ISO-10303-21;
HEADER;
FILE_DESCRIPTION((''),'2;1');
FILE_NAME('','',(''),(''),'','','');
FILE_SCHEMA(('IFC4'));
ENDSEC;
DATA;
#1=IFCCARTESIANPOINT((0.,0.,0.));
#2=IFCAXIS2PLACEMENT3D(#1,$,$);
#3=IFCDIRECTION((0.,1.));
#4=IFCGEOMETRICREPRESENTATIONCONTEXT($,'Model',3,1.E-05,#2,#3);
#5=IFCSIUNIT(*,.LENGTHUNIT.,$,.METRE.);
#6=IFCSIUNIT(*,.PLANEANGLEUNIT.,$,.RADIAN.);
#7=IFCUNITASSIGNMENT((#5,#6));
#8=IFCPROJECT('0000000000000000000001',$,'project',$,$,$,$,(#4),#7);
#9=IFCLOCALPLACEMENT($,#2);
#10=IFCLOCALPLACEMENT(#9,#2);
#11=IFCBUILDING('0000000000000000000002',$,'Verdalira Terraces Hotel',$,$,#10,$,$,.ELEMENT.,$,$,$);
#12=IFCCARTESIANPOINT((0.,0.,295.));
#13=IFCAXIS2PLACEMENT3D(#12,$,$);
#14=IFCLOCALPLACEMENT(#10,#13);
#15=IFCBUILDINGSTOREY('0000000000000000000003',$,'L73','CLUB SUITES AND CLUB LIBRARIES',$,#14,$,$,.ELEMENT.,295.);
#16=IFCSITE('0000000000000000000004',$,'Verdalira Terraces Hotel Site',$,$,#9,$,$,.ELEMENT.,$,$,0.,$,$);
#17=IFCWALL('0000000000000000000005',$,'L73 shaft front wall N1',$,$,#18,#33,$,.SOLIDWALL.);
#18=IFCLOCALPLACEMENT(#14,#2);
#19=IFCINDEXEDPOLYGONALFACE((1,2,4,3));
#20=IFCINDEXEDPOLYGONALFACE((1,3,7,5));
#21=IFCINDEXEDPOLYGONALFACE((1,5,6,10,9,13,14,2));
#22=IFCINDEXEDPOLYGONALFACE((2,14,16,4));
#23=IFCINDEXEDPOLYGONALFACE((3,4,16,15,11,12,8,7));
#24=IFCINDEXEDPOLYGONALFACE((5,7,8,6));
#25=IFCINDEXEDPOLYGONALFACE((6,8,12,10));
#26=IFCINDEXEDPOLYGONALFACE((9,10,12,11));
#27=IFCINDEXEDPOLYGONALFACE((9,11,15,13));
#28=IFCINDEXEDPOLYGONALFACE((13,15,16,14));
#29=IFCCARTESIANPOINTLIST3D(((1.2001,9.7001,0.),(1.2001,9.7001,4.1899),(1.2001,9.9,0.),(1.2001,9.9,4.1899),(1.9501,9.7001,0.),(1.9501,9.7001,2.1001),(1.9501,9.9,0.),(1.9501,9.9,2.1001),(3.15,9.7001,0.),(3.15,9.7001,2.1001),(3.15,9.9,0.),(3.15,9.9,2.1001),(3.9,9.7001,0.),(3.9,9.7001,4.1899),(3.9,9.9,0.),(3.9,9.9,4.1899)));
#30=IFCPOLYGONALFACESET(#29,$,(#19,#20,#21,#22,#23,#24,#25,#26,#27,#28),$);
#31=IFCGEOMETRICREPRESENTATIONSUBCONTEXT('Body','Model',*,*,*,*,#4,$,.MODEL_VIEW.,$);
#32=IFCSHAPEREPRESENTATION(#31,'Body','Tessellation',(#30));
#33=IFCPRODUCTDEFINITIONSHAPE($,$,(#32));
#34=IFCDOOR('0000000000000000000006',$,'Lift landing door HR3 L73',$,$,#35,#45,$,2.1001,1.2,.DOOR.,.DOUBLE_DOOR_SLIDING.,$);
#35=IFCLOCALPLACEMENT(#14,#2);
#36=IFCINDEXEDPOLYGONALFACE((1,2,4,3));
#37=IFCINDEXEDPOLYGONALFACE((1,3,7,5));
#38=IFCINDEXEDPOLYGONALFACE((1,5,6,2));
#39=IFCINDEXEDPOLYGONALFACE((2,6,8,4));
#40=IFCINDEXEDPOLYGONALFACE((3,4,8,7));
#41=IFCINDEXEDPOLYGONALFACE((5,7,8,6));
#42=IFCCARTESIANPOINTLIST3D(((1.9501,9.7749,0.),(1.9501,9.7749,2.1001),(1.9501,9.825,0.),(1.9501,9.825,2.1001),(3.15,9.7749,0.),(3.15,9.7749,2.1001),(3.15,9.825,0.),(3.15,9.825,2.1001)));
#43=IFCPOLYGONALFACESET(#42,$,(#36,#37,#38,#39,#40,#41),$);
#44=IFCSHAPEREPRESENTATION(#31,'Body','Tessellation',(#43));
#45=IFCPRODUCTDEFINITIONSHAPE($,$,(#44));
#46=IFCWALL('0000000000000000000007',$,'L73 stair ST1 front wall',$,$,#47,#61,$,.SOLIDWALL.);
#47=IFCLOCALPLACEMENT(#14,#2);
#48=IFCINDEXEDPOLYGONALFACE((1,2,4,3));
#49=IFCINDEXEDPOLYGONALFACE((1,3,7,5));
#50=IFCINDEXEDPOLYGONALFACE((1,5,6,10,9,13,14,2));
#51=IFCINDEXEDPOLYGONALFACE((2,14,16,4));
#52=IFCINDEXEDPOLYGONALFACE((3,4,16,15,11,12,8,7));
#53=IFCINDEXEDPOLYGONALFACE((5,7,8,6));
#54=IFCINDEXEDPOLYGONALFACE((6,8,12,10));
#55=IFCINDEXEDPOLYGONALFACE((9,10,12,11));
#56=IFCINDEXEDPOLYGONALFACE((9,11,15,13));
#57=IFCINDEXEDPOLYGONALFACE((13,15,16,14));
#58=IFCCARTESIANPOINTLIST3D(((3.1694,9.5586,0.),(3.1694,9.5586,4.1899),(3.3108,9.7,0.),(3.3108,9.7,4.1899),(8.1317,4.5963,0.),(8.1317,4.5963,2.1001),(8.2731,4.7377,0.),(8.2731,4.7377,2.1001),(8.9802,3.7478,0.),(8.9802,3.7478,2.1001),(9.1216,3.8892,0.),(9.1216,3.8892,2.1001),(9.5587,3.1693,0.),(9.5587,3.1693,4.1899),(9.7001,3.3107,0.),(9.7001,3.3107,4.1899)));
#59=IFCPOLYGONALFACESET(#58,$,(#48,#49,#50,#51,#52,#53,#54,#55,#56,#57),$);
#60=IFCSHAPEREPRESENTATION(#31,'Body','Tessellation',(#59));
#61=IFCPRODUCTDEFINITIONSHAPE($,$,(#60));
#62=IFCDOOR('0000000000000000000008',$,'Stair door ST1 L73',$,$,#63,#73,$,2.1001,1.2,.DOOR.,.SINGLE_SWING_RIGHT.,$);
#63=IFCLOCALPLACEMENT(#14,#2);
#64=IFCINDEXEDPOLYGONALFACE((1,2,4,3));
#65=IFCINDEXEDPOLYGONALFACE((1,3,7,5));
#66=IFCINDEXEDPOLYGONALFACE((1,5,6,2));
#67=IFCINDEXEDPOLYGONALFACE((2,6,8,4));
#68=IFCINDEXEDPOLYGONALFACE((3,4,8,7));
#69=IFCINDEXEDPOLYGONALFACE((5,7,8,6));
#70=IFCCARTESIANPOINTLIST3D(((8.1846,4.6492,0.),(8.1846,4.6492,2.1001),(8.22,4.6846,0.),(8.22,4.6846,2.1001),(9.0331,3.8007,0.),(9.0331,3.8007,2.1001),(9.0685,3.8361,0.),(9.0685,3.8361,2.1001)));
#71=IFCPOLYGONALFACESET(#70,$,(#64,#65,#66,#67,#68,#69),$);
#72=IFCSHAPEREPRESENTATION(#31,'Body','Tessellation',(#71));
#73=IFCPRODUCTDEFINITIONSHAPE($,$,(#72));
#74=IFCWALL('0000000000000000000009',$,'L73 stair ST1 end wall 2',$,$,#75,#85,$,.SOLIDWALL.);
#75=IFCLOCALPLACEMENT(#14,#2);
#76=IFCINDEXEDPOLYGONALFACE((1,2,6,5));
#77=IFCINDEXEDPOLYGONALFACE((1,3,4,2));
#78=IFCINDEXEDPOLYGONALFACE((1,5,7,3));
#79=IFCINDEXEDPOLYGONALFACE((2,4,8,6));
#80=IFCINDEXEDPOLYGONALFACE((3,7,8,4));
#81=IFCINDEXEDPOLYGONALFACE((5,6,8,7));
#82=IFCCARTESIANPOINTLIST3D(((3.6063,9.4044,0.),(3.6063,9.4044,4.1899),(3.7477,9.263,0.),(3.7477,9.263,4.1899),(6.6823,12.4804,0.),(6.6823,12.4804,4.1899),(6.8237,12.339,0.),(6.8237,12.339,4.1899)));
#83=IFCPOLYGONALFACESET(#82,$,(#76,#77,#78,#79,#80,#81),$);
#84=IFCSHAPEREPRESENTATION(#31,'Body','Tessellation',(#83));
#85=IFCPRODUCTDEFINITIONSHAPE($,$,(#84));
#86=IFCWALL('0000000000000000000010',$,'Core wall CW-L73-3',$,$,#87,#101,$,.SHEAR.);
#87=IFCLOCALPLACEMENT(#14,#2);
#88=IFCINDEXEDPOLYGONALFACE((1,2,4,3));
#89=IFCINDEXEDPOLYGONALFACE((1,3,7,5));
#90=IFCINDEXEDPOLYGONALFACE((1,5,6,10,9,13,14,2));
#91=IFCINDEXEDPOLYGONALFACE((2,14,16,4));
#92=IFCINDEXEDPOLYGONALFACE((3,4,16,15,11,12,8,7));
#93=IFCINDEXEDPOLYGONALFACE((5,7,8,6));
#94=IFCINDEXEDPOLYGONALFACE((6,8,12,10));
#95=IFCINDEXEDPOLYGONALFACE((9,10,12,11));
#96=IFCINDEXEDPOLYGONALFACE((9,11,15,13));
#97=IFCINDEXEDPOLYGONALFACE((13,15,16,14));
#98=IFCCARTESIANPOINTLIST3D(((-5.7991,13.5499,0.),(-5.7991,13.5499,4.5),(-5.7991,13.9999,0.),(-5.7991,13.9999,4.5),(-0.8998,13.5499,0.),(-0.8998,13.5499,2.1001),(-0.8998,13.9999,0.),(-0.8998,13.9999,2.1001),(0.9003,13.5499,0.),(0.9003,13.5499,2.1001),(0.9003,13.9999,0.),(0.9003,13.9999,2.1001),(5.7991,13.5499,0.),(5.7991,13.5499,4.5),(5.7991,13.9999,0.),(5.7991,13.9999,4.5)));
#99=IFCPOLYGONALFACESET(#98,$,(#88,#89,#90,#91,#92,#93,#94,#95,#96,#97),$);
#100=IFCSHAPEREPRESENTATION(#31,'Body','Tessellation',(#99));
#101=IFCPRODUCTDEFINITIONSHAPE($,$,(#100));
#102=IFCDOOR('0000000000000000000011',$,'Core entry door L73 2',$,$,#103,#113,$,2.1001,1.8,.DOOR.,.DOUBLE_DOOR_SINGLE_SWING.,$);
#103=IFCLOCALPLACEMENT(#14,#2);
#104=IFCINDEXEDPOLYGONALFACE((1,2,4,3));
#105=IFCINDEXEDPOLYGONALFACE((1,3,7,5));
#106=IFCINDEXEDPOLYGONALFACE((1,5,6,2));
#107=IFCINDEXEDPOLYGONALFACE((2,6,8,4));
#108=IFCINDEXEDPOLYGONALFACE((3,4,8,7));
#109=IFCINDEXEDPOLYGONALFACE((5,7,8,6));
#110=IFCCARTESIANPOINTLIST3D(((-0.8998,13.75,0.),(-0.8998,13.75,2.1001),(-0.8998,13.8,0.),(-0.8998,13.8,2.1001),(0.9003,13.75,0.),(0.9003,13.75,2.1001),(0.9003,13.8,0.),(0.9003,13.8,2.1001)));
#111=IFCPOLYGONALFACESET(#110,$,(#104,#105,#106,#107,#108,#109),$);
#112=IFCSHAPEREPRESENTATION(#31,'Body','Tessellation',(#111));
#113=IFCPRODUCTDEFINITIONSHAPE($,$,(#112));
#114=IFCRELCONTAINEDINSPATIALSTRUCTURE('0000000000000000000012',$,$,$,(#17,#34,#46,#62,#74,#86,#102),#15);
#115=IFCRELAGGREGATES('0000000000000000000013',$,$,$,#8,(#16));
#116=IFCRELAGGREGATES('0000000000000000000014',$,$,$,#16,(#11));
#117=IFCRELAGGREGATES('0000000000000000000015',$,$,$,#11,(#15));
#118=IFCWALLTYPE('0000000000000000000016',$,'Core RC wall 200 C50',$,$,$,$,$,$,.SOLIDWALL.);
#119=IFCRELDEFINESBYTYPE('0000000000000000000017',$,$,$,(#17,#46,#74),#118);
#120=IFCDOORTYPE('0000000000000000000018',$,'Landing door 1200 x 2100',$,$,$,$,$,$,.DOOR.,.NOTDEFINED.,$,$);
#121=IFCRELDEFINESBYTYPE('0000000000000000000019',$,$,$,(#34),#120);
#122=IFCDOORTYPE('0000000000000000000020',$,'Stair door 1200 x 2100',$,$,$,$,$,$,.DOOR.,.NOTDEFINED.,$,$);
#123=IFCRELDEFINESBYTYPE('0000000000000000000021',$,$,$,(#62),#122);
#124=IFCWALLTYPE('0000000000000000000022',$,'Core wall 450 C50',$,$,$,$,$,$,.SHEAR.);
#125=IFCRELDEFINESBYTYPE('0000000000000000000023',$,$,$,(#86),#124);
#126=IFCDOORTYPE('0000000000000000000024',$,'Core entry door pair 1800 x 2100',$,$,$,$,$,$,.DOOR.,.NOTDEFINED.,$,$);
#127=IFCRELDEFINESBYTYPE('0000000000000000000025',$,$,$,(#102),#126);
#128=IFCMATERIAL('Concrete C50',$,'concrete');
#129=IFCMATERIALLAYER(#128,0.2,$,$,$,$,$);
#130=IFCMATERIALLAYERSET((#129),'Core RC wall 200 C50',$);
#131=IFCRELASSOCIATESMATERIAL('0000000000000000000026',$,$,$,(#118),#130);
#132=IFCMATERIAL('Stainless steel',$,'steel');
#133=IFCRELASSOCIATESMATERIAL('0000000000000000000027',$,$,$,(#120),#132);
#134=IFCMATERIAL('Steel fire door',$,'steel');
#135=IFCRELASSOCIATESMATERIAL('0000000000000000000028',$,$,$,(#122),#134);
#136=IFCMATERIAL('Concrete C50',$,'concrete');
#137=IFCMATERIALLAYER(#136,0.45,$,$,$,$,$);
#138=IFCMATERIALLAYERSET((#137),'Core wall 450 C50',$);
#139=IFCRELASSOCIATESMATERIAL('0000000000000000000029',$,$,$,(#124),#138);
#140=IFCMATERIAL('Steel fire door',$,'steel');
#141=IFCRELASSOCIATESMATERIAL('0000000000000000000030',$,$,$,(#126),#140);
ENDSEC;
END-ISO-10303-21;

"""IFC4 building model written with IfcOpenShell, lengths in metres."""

from ifc_helpers import new_model, si_unit, direction, frame, frame_2d, origin, place, context, subcontext, project, spatial, rectangle, extrude, material, layer, layer_set, type_object, element, fill, save


model = new_model("IFC4")

# Units and contexts
model_context = context("Model", 3, precision=1e-05, world=origin(), true_north=direction((0.0, 1.0)))
body_context = subcontext(model_context, "Body", "Model", "MODEL_VIEW")
ifc_project = project(units=[si_unit("LENGTHUNIT", "METRE"), si_unit("PLANEANGLEUNIT", "RADIAN")], contexts=[model_context])

# Site, building, storey
site_placement = place(None, origin())
site = spatial("IfcSite", under=ifc_project, at=site_placement, Name="Verdalira Terraces Hotel Site", CompositionType="ELEMENT", RefElevation=0.0)
building_placement = place(site_placement, origin())
building = spatial("IfcBuilding", under=site, at=building_placement, Name="Verdalira Terraces Hotel", CompositionType="ELEMENT")
storey_placement = place(building_placement, frame((0.0, 0.0, 295.0)))
storey = spatial("IfcBuildingStorey", under=building, at=storey_placement, Name="L73", Description="CLUB SUITES AND CLUB LIBRARIES", CompositionType="ELEMENT", Elevation=295.0)

# Walls, openings, doors
ifc_material_1 = material(Name="Concrete C50", Category="concrete")
ifc_layer_1 = layer(ifc_material_1, 0.2)
ifc_layer_set_1 = layer_set([ifc_layer_1], Name="Core RC wall 200 C50")
wall_type_1 = type_object("IfcWallType", Name="Core RC wall 200 C50", PredefinedType="SOLIDWALL", material=ifc_layer_set_1)
wall_1_placement = place(storey_placement, frame((1.2, 9.8, 0.0), z_axis=(0.0, 0.0, 1.0), x_axis=(1.0, 0.0, 0.0)))
wall_1 = element("IfcWall", 1, at=wall_1_placement, inside=storey, type_object=wall_type_1, Name="L73 shaft front wall N1", PredefinedType="SOLIDWALL", context=body_context, shape_type="SweptSolid", body=[
    extrude(rectangle(XDim=2.7, YDim=0.2, at=frame_2d((1.3501, 0.0))), origin(), (0.0, 0.0, 1.0), 4.1899),
])
opening_1_placement = place(wall_1_placement, frame((0.75, 0.0, 0.0)))
opening_1 = element("IfcOpeningElement", 2, at=opening_1_placement, cuts=wall_1, PredefinedType="OPENING", context=body_context, shape_type="SweptSolid", body=[
    extrude(rectangle(XDim=1.2, YDim=2.1001, at=frame_2d((0.6001, 1.05))), frame((0.0, 0.1099, 0.0), z_axis=(0.0, -1.0, 0.0), x_axis=(1.0, 0.0, 0.0)), (0.0, 0.0, 1.0), 0.22),
])
ifc_material_2 = material(Name="Stainless steel", Category="steel")
door_type_1 = type_object("IfcDoorType", Name="Landing door 1200 x 2100", OperationType="NOTDEFINED", PredefinedType="DOOR", material=ifc_material_2)
door_1_placement = place(opening_1_placement, origin())
door_1 = element("IfcDoor", 3, at=door_1_placement, inside=storey, type_object=door_type_1, Name="Lift landing door HR3 L73", OperationType="DOUBLE_DOOR_SLIDING", OverallHeight=2.1001, OverallWidth=1.2, PredefinedType="DOOR", context=body_context, shape_type="SweptSolid", body=[
    extrude(rectangle(XDim=1.2, YDim=2.1001, at=frame_2d((0.6001, 1.05))), frame((0.0, 0.0249, 0.0), z_axis=(0.0, -1.0, 0.0), x_axis=(1.0, 0.0, 0.0)), (0.0, 0.0, 1.0), 0.05),
])
fill(opening_1, door_1)
wall_2_placement = place(storey_placement, frame((3.24, 9.6294, 0.0), z_axis=(0.0, 0.0, 1.0), x_axis=(0.707107, -0.707107, 0.0)))
wall_2 = element("IfcWall", 4, at=wall_2_placement, inside=storey, type_object=wall_type_1, Name="L73 stair ST1 front wall", PredefinedType="SOLIDWALL", context=body_context, shape_type="SweptSolid", body=[
    extrude(rectangle(XDim=9.0359, YDim=0.2, at=frame_2d((4.5181, 0.0))), origin(), (0.0, 0.0, 1.0), 4.1899),
])
opening_2_placement = place(wall_2_placement, frame((7.0178, 0.0, 0.0)))
opening_2 = element("IfcOpeningElement", 5, at=opening_2_placement, cuts=wall_2, PredefinedType="OPENING", context=body_context, shape_type="SweptSolid", body=[
    extrude(rectangle(XDim=1.2, YDim=2.1001, at=frame_2d((0.6001, 1.05))), frame((0.0, 0.1099, 0.0), z_axis=(0.0, -1.0, 0.0), x_axis=(1.0, 0.0, 0.0)), (0.0, 0.0, 1.0), 0.22),
])
ifc_material_3 = material(Name="Steel fire door", Category="steel")
door_type_2 = type_object("IfcDoorType", Name="Stair door 1200 x 2100", OperationType="NOTDEFINED", PredefinedType="DOOR", material=ifc_material_3)
door_2_placement = place(opening_2_placement, origin())
door_2 = element("IfcDoor", 6, at=door_2_placement, inside=storey, type_object=door_type_2, Name="Stair door ST1 L73", OperationType="SINGLE_SWING_RIGHT", OverallHeight=2.1001, OverallWidth=1.2, PredefinedType="DOOR", context=body_context, shape_type="SweptSolid", body=[
    extrude(rectangle(XDim=1.2, YDim=2.1001, at=frame_2d((0.6001, 1.05))), frame((0.0, 0.0249, 0.0), z_axis=(0.0, -1.0, 0.0), x_axis=(1.0, 0.0, 0.0)), (0.0, 0.0, 1.0), 0.05),
])
fill(opening_2, door_2)

# Wall
wall_3_placement = place(storey_placement, frame((3.677, 9.3337, 0.0), z_axis=(0.0, 0.0, 1.0), x_axis=(0.707107, 0.707107, 0.0)))
element("IfcWall", 7, at=wall_3_placement, inside=storey, type_object=wall_type_1, Name="L73 stair ST1 end wall 2", PredefinedType="SOLIDWALL", context=body_context, shape_type="SweptSolid", body=[
    extrude(rectangle(XDim=4.3501, YDim=0.2, at=frame_2d((2.175, 0.0))), origin(), (0.0, 0.0, 1.0), 4.1899),
])

# Wall, opening, door
ifc_material_4 = material(Name="Concrete C50", Category="concrete")
ifc_layer_2 = layer(ifc_material_4, 0.45)
ifc_layer_set_2 = layer_set([ifc_layer_2], Name="Core wall 450 C50")
wall_type_2 = type_object("IfcWallType", Name="Core wall 450 C50", PredefinedType="SHEAR", material=ifc_layer_set_2)
wall_4_placement = place(storey_placement, frame((5.7991, 13.7749, 0.0), z_axis=(0.0, 0.0, 1.0), x_axis=(-1.0, 0.0, 0.0)))
wall_4 = element("IfcWall", 8, at=wall_4_placement, inside=storey, type_object=wall_type_2, Name="Core wall CW-L73-3", PredefinedType="SHEAR", context=body_context, shape_type="SweptSolid", body=[
    extrude(rectangle(XDim=11.5981, YDim=0.45, at=frame_2d((5.7991, 0.0))), origin(), (0.0, 0.0, 1.0), 4.5),
])
opening_3_placement = place(wall_4_placement, frame((4.8989, 0.0, 0.0)))
opening_3 = element("IfcOpeningElement", 9, at=opening_3_placement, cuts=wall_4, PredefinedType="OPENING", context=body_context, shape_type="SweptSolid", body=[
    extrude(rectangle(XDim=1.8, YDim=2.1001, at=frame_2d((0.8999, 1.05))), frame((0.0, 0.2349, 0.0), z_axis=(0.0, -1.0, 0.0), x_axis=(1.0, 0.0, 0.0)), (0.0, 0.0, 1.0), 0.47),
])
ifc_material_5 = material(Name="Steel fire door", Category="steel")
door_type_3 = type_object("IfcDoorType", Name="Core entry door pair 1800 x 2100", OperationType="NOTDEFINED", PredefinedType="DOOR", material=ifc_material_5)
door_3_placement = place(opening_3_placement, origin())
door_3 = element("IfcDoor", 10, at=door_3_placement, inside=storey, type_object=door_type_3, Name="Core entry door L73 2", OperationType="DOUBLE_DOOR_SINGLE_SWING", OverallHeight=2.1001, OverallWidth=1.8, PredefinedType="DOOR", context=body_context, shape_type="SweptSolid", body=[
    extrude(rectangle(XDim=1.8, YDim=2.1001, at=frame_2d((0.8999, 1.05))), frame((0.0, 0.0249, 0.0), z_axis=(0.0, -1.0, 0.0), x_axis=(1.0, 0.0, 0.0)), (0.0, 0.0, 1.0), 0.05),
])
fill(opening_3, door_3)

save(model, "model.ifc")
